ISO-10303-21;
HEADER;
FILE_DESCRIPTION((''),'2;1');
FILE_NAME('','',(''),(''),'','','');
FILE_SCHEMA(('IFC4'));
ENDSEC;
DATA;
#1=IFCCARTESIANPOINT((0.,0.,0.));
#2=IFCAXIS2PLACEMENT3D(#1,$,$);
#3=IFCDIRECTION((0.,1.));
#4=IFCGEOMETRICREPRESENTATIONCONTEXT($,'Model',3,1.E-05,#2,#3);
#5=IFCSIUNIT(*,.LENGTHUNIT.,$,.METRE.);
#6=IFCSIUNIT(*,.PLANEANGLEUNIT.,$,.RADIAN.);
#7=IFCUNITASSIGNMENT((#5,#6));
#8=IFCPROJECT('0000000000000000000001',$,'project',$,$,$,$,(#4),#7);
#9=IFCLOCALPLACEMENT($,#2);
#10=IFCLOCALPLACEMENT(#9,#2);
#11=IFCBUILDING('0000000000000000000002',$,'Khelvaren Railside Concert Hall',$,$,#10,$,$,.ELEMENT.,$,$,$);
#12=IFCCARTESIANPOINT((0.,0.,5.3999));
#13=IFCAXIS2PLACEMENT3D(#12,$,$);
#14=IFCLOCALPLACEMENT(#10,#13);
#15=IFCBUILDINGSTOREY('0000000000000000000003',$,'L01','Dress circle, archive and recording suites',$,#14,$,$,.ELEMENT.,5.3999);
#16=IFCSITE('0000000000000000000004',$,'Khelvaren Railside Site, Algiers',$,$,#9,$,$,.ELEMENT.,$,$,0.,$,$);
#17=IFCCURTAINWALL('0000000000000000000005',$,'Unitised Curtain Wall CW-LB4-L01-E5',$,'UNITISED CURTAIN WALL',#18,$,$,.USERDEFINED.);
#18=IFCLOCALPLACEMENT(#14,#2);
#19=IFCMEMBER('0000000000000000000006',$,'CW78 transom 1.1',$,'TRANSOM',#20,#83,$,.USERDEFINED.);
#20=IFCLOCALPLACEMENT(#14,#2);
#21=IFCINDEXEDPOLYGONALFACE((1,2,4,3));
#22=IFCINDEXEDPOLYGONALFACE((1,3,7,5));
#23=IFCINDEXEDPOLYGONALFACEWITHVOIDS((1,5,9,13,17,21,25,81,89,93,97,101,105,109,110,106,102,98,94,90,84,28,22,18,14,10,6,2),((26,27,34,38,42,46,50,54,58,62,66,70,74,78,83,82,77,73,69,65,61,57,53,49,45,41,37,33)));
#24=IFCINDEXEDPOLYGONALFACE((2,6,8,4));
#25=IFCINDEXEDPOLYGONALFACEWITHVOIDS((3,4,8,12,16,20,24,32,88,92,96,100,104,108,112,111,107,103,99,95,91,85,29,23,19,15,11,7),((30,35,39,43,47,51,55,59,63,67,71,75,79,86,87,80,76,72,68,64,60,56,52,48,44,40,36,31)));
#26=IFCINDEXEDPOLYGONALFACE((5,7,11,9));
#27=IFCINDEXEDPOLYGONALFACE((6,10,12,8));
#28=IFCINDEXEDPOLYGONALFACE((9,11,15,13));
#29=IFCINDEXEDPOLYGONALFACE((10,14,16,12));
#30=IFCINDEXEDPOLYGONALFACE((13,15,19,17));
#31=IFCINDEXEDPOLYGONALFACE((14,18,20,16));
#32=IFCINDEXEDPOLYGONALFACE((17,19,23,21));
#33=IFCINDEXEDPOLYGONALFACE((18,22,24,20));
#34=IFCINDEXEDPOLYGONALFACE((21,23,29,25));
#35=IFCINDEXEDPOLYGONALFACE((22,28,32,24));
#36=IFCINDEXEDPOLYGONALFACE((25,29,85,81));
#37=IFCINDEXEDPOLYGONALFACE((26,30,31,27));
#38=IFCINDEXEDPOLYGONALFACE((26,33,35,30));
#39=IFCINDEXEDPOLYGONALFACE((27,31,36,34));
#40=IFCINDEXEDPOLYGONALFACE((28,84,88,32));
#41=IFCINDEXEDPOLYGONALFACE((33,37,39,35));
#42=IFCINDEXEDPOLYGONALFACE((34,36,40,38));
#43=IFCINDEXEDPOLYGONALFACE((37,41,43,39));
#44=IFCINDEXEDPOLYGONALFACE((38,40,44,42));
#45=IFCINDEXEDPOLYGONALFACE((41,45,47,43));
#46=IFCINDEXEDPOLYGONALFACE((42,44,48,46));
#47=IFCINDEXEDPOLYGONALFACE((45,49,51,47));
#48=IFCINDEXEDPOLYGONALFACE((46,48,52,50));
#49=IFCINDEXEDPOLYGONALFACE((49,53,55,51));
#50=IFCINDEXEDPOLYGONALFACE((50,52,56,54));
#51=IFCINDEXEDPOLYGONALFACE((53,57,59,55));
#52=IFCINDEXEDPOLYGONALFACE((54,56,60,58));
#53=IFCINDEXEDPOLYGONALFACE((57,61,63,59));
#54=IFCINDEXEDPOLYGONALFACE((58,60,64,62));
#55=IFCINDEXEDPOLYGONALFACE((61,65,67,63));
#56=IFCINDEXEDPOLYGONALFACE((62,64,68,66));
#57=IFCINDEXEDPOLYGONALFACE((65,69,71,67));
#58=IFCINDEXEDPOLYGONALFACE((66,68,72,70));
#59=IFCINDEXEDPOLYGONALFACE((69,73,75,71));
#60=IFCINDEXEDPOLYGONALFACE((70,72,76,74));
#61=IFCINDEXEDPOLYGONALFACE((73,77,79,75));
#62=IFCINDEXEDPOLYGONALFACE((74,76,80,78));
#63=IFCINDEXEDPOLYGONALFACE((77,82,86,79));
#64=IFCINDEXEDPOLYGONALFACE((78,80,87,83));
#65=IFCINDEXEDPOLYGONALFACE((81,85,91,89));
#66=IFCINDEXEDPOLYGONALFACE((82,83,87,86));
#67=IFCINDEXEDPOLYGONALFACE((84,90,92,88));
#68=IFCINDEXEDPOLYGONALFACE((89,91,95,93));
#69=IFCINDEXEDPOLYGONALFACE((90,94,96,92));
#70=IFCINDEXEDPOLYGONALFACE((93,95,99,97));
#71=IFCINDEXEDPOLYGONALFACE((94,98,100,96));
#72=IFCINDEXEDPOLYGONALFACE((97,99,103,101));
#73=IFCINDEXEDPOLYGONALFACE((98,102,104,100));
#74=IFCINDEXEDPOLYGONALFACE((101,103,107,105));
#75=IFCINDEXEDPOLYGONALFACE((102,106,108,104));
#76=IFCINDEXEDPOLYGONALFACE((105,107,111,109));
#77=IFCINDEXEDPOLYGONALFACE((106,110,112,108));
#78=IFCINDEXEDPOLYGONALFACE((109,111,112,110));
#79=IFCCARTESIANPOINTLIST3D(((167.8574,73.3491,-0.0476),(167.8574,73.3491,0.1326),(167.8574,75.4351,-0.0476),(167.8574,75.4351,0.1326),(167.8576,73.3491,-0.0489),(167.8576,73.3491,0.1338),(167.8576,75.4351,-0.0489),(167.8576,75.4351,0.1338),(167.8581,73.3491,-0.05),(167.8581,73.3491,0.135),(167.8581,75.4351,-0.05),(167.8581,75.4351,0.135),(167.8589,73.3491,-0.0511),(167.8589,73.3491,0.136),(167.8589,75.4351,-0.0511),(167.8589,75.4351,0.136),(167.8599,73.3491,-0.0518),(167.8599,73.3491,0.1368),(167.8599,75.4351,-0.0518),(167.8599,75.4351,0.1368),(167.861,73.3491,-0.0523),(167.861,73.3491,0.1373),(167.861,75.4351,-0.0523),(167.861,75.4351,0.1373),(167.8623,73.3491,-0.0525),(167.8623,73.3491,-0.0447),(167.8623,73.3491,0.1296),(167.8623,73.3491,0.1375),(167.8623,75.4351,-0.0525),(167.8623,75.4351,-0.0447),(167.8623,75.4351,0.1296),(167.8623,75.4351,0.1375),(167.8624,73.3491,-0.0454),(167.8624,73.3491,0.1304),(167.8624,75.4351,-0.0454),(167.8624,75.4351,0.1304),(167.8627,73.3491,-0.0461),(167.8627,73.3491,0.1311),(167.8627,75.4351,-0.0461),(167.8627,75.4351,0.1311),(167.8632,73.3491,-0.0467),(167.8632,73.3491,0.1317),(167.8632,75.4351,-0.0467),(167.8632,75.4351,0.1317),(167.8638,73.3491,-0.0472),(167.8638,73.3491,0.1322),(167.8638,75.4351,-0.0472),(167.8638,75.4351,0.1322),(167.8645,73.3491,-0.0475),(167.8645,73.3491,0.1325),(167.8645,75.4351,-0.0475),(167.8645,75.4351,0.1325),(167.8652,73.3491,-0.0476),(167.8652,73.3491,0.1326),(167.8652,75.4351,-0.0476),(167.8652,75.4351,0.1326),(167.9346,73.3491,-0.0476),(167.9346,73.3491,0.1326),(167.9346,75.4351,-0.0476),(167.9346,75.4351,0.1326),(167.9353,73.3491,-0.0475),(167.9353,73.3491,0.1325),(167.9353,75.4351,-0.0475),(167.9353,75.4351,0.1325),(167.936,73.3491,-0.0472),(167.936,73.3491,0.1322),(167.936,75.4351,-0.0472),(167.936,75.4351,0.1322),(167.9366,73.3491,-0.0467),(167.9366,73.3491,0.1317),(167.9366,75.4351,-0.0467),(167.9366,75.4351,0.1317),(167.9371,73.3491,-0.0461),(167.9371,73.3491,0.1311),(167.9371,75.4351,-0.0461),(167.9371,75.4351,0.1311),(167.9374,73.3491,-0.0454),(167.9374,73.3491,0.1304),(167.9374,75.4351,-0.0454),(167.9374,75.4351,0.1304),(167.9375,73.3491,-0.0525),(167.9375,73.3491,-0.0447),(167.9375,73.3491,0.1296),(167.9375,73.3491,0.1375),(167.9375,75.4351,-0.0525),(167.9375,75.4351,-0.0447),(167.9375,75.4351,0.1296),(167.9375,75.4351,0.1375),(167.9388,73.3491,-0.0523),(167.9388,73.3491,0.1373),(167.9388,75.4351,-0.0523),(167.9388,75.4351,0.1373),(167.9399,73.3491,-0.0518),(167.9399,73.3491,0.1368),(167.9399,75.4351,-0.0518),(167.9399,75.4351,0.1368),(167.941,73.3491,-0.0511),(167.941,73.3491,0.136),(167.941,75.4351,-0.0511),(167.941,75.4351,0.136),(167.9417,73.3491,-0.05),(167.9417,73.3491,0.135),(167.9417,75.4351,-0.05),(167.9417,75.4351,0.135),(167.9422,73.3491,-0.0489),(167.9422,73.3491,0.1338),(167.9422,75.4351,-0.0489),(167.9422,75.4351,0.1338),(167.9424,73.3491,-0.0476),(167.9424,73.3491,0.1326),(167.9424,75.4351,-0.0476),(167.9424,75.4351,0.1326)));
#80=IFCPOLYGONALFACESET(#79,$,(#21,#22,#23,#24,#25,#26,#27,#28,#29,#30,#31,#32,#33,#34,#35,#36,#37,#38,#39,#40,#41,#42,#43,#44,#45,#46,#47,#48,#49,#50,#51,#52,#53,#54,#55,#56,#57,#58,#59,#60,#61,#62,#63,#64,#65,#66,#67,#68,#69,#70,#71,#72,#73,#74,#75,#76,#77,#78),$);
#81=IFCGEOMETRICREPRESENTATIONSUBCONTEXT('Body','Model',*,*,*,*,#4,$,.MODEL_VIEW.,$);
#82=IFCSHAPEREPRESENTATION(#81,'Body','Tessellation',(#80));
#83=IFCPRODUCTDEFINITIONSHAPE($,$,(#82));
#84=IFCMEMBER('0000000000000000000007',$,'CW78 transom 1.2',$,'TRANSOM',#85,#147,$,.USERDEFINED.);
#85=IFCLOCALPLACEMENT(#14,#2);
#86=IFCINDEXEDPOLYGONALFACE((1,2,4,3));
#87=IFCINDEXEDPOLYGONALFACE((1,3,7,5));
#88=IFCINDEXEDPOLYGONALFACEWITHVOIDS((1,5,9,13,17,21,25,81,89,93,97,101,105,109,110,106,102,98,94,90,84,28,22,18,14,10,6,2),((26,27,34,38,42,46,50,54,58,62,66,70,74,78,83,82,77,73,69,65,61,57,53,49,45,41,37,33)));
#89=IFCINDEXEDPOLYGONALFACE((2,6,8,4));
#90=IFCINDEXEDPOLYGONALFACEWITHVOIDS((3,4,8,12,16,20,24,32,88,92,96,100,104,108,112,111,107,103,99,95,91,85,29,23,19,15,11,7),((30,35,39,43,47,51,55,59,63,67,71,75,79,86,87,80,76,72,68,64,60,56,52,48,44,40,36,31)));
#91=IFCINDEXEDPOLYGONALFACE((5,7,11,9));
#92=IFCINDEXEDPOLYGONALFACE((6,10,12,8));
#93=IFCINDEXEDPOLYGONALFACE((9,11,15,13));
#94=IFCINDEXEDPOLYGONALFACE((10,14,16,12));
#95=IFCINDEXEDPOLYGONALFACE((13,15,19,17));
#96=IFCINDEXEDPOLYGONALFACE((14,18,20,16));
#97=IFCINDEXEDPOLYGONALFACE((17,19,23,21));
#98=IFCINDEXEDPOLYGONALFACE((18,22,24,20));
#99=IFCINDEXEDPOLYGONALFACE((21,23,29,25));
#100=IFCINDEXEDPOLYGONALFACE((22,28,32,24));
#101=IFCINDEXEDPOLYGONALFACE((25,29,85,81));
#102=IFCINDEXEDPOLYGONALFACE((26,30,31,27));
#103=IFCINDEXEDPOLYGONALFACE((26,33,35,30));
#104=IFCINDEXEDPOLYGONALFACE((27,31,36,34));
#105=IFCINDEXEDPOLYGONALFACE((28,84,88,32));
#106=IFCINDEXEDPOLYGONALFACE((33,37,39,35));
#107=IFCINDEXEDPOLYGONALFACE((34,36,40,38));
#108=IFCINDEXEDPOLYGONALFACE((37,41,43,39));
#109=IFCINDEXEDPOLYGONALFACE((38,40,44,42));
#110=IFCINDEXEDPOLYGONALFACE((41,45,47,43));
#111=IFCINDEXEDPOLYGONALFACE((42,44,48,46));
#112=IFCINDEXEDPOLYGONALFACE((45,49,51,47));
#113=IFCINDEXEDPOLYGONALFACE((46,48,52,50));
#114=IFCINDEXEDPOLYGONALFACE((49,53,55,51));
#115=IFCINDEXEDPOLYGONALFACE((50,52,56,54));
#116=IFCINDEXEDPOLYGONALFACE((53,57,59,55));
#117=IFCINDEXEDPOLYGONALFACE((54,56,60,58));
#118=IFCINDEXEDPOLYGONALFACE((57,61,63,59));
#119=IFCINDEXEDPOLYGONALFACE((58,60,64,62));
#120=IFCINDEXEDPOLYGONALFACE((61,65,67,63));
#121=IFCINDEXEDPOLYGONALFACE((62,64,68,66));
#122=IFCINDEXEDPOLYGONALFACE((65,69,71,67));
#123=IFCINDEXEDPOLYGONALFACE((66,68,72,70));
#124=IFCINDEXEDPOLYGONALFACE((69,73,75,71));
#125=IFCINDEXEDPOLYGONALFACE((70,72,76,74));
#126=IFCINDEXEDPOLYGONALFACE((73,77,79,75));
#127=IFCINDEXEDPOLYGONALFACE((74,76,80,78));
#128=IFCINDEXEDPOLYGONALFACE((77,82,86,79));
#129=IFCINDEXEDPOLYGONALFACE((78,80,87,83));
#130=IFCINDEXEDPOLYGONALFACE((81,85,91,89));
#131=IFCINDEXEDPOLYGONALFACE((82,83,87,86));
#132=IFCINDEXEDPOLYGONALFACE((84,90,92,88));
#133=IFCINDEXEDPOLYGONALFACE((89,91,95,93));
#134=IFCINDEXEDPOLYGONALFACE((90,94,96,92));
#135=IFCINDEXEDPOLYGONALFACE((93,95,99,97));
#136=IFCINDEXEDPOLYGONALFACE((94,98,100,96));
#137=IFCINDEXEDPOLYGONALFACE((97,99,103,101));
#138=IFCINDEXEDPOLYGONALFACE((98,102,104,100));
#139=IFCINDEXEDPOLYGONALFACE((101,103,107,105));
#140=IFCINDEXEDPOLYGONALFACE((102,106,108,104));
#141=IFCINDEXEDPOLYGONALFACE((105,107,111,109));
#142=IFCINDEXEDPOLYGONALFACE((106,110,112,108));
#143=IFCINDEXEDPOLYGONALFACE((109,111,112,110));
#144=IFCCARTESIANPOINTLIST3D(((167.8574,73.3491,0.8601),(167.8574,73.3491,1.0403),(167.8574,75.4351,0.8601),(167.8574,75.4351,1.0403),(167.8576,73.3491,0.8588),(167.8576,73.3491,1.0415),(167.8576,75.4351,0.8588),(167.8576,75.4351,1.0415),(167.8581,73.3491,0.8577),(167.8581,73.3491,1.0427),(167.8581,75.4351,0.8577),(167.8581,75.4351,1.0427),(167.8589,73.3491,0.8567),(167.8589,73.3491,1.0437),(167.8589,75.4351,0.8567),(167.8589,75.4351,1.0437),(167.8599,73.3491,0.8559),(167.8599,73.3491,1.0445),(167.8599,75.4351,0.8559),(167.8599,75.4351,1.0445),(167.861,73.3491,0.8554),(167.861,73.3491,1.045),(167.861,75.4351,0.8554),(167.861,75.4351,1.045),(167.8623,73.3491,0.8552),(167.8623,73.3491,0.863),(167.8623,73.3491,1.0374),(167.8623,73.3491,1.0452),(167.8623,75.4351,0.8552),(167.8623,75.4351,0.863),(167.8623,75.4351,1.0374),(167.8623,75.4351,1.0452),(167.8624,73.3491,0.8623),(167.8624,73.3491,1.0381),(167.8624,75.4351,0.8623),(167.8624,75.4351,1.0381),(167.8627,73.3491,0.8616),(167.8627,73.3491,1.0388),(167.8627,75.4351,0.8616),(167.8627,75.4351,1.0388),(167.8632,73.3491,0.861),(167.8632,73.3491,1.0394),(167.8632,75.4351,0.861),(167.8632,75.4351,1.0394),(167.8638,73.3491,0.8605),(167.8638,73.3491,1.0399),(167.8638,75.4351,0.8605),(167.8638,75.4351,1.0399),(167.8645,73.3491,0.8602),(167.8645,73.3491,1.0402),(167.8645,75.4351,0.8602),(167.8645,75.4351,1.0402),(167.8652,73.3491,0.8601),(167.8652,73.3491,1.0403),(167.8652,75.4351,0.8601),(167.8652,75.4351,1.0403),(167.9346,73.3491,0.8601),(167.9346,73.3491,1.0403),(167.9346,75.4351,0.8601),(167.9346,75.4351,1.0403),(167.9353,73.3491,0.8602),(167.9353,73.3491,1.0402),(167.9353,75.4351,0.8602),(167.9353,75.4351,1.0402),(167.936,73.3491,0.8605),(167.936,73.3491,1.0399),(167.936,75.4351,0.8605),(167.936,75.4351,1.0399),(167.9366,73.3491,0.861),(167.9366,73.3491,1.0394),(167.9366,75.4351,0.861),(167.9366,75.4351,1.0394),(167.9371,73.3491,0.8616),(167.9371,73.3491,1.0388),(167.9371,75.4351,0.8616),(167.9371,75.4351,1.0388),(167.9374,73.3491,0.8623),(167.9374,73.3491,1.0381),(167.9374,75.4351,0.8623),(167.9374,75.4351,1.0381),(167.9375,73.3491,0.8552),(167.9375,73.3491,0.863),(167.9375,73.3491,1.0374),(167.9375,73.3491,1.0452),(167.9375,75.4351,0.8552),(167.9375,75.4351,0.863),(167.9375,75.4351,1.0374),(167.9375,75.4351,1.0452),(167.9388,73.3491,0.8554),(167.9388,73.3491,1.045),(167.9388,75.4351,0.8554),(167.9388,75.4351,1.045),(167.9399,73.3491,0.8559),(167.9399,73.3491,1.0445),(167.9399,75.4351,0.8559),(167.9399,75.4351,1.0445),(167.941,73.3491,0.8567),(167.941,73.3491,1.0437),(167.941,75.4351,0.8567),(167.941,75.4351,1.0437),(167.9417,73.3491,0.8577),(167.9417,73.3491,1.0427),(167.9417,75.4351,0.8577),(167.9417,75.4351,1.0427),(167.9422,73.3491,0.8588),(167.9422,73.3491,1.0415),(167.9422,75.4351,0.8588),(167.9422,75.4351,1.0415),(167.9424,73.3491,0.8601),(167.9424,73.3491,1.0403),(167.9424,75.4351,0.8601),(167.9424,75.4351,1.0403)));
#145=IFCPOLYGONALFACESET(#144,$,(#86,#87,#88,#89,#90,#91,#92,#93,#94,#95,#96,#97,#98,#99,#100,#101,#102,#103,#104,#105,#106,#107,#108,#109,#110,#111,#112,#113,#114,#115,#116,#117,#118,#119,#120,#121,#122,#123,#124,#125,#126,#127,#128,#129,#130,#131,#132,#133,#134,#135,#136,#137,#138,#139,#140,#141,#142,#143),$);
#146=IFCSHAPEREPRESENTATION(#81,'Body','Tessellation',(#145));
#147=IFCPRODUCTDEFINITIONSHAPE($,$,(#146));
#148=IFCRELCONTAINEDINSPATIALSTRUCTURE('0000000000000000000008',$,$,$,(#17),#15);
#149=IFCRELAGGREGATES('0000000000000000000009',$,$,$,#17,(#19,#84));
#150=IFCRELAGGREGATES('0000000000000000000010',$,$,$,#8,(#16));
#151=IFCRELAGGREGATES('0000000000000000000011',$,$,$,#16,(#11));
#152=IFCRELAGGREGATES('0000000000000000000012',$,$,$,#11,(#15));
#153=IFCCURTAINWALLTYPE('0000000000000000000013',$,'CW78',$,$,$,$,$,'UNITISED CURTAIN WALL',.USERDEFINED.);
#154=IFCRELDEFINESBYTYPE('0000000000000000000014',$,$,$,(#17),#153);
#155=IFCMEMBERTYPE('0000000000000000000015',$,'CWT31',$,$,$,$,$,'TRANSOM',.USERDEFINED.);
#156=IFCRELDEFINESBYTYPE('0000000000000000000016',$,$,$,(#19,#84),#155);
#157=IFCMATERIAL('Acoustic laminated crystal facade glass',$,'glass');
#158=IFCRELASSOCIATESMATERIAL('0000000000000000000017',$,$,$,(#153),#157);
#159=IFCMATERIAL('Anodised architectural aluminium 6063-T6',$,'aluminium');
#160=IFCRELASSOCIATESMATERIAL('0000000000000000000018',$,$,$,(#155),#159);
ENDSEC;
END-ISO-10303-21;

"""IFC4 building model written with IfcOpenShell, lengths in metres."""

from ifc_helpers import new_model, si_unit, direction, frame, origin, origin_2d, place, context, subcontext, project, spatial, hollow_rectangle, extrude, material, material_profile, profile_set, type_object, element, aggregate, save


model = new_model("IFC4")

# Units and contexts
model_context = context("Model", 3, precision=1e-05, world=origin(), true_north=direction((0.0, 1.0)))
body_context = subcontext(model_context, "Body", "Model", "MODEL_VIEW")
ifc_project = project(units=[si_unit("LENGTHUNIT", "METRE"), si_unit("PLANEANGLEUNIT", "RADIAN")], contexts=[model_context])

# Site, building, storey
site_placement = place(None, origin())
site = spatial("IfcSite", under=ifc_project, at=site_placement, Name="Khelvaren Railside Site, Algiers", CompositionType="ELEMENT", RefElevation=0.0)
building_placement = place(site_placement, origin())
building = spatial("IfcBuilding", under=site, at=building_placement, Name="Khelvaren Railside Concert Hall", CompositionType="ELEMENT")
storey_placement = place(building_placement, frame((0.0, 0.0, 5.3999)))
storey = spatial("IfcBuildingStorey", under=building, at=storey_placement, Name="L01", Description="Dress circle, archive and recording suites", CompositionType="ELEMENT", Elevation=5.3999)

# Shared definitions
ifc_material_1 = material(Name="Acoustic laminated crystal facade glass", Category="glass")
curtain_wall_type = type_object("IfcCurtainWallType", Name="CW78", ElementType="UNITISED CURTAIN WALL", PredefinedType="USERDEFINED", material=ifc_material_1)
ifc_material_2 = material(Name="Anodised architectural aluminium 6063-T6", Category="aluminium")

# Curtain wall, members
curtain_wall_1_placement = place(storey_placement, origin())
curtain_wall_1 = element("IfcCurtainWall", 1, at=curtain_wall_1_placement, inside=storey, type_object=curtain_wall_type, Name="Unitised Curtain Wall CW-LB4-L01-E5", ObjectType="UNITISED CURTAIN WALL", PredefinedType="USERDEFINED")
ifc_material_profile_1 = material_profile(ifc_material_2, hollow_rectangle(XDim=0.085, YDim=0.1899, WallThickness=0.0049, InnerFilletRadius=0.0029, OuterFilletRadius=0.0049, at=origin_2d()), Name="CWT 85x190x5")
ifc_profile_set_1 = profile_set([ifc_material_profile_1], Name="Anodised architectural aluminium 6063-T6")
member_type_1 = type_object("IfcMemberType", Name="CWT31", ElementType="TRANSOM", PredefinedType="USERDEFINED", material=ifc_profile_set_1)
member_1_placement = place(storey_placement, frame((167.8999, 75.4351, 0.0425), z_axis=(0.0, -1.0, 0.0), x_axis=(1.0, 0.0, 0.0)))
member_1 = element("IfcMember", 2, at=member_1_placement, type_object=member_type_1, Name="CW78 transom 1.1", ObjectType="TRANSOM", PredefinedType="USERDEFINED", context=body_context, shape_type="SweptSolid", body=[
    extrude(hollow_rectangle(XDim=0.085, YDim=0.1899, WallThickness=0.0049, InnerFilletRadius=0.0029, OuterFilletRadius=0.0049, at=origin_2d()), origin(), (0.0, 0.0, 1.0), 2.0859),
])
member_2_placement = place(storey_placement, frame((167.8999, 75.4351, 0.9502), z_axis=(0.0, -1.0, 0.0), x_axis=(1.0, 0.0, 0.0)))
member_2 = element("IfcMember", 3, at=member_2_placement, type_object=member_type_1, Name="CW78 transom 1.2", ObjectType="TRANSOM", PredefinedType="USERDEFINED", context=body_context, shape_type="SweptSolid", body=[
    extrude(hollow_rectangle(XDim=0.085, YDim=0.1899, WallThickness=0.0049, InnerFilletRadius=0.0029, OuterFilletRadius=0.0049, at=origin_2d()), origin(), (0.0, 0.0, 1.0), 2.0859),
])

aggregate(curtain_wall_1, [member_1, member_2])

save(model, "model.ifc")
